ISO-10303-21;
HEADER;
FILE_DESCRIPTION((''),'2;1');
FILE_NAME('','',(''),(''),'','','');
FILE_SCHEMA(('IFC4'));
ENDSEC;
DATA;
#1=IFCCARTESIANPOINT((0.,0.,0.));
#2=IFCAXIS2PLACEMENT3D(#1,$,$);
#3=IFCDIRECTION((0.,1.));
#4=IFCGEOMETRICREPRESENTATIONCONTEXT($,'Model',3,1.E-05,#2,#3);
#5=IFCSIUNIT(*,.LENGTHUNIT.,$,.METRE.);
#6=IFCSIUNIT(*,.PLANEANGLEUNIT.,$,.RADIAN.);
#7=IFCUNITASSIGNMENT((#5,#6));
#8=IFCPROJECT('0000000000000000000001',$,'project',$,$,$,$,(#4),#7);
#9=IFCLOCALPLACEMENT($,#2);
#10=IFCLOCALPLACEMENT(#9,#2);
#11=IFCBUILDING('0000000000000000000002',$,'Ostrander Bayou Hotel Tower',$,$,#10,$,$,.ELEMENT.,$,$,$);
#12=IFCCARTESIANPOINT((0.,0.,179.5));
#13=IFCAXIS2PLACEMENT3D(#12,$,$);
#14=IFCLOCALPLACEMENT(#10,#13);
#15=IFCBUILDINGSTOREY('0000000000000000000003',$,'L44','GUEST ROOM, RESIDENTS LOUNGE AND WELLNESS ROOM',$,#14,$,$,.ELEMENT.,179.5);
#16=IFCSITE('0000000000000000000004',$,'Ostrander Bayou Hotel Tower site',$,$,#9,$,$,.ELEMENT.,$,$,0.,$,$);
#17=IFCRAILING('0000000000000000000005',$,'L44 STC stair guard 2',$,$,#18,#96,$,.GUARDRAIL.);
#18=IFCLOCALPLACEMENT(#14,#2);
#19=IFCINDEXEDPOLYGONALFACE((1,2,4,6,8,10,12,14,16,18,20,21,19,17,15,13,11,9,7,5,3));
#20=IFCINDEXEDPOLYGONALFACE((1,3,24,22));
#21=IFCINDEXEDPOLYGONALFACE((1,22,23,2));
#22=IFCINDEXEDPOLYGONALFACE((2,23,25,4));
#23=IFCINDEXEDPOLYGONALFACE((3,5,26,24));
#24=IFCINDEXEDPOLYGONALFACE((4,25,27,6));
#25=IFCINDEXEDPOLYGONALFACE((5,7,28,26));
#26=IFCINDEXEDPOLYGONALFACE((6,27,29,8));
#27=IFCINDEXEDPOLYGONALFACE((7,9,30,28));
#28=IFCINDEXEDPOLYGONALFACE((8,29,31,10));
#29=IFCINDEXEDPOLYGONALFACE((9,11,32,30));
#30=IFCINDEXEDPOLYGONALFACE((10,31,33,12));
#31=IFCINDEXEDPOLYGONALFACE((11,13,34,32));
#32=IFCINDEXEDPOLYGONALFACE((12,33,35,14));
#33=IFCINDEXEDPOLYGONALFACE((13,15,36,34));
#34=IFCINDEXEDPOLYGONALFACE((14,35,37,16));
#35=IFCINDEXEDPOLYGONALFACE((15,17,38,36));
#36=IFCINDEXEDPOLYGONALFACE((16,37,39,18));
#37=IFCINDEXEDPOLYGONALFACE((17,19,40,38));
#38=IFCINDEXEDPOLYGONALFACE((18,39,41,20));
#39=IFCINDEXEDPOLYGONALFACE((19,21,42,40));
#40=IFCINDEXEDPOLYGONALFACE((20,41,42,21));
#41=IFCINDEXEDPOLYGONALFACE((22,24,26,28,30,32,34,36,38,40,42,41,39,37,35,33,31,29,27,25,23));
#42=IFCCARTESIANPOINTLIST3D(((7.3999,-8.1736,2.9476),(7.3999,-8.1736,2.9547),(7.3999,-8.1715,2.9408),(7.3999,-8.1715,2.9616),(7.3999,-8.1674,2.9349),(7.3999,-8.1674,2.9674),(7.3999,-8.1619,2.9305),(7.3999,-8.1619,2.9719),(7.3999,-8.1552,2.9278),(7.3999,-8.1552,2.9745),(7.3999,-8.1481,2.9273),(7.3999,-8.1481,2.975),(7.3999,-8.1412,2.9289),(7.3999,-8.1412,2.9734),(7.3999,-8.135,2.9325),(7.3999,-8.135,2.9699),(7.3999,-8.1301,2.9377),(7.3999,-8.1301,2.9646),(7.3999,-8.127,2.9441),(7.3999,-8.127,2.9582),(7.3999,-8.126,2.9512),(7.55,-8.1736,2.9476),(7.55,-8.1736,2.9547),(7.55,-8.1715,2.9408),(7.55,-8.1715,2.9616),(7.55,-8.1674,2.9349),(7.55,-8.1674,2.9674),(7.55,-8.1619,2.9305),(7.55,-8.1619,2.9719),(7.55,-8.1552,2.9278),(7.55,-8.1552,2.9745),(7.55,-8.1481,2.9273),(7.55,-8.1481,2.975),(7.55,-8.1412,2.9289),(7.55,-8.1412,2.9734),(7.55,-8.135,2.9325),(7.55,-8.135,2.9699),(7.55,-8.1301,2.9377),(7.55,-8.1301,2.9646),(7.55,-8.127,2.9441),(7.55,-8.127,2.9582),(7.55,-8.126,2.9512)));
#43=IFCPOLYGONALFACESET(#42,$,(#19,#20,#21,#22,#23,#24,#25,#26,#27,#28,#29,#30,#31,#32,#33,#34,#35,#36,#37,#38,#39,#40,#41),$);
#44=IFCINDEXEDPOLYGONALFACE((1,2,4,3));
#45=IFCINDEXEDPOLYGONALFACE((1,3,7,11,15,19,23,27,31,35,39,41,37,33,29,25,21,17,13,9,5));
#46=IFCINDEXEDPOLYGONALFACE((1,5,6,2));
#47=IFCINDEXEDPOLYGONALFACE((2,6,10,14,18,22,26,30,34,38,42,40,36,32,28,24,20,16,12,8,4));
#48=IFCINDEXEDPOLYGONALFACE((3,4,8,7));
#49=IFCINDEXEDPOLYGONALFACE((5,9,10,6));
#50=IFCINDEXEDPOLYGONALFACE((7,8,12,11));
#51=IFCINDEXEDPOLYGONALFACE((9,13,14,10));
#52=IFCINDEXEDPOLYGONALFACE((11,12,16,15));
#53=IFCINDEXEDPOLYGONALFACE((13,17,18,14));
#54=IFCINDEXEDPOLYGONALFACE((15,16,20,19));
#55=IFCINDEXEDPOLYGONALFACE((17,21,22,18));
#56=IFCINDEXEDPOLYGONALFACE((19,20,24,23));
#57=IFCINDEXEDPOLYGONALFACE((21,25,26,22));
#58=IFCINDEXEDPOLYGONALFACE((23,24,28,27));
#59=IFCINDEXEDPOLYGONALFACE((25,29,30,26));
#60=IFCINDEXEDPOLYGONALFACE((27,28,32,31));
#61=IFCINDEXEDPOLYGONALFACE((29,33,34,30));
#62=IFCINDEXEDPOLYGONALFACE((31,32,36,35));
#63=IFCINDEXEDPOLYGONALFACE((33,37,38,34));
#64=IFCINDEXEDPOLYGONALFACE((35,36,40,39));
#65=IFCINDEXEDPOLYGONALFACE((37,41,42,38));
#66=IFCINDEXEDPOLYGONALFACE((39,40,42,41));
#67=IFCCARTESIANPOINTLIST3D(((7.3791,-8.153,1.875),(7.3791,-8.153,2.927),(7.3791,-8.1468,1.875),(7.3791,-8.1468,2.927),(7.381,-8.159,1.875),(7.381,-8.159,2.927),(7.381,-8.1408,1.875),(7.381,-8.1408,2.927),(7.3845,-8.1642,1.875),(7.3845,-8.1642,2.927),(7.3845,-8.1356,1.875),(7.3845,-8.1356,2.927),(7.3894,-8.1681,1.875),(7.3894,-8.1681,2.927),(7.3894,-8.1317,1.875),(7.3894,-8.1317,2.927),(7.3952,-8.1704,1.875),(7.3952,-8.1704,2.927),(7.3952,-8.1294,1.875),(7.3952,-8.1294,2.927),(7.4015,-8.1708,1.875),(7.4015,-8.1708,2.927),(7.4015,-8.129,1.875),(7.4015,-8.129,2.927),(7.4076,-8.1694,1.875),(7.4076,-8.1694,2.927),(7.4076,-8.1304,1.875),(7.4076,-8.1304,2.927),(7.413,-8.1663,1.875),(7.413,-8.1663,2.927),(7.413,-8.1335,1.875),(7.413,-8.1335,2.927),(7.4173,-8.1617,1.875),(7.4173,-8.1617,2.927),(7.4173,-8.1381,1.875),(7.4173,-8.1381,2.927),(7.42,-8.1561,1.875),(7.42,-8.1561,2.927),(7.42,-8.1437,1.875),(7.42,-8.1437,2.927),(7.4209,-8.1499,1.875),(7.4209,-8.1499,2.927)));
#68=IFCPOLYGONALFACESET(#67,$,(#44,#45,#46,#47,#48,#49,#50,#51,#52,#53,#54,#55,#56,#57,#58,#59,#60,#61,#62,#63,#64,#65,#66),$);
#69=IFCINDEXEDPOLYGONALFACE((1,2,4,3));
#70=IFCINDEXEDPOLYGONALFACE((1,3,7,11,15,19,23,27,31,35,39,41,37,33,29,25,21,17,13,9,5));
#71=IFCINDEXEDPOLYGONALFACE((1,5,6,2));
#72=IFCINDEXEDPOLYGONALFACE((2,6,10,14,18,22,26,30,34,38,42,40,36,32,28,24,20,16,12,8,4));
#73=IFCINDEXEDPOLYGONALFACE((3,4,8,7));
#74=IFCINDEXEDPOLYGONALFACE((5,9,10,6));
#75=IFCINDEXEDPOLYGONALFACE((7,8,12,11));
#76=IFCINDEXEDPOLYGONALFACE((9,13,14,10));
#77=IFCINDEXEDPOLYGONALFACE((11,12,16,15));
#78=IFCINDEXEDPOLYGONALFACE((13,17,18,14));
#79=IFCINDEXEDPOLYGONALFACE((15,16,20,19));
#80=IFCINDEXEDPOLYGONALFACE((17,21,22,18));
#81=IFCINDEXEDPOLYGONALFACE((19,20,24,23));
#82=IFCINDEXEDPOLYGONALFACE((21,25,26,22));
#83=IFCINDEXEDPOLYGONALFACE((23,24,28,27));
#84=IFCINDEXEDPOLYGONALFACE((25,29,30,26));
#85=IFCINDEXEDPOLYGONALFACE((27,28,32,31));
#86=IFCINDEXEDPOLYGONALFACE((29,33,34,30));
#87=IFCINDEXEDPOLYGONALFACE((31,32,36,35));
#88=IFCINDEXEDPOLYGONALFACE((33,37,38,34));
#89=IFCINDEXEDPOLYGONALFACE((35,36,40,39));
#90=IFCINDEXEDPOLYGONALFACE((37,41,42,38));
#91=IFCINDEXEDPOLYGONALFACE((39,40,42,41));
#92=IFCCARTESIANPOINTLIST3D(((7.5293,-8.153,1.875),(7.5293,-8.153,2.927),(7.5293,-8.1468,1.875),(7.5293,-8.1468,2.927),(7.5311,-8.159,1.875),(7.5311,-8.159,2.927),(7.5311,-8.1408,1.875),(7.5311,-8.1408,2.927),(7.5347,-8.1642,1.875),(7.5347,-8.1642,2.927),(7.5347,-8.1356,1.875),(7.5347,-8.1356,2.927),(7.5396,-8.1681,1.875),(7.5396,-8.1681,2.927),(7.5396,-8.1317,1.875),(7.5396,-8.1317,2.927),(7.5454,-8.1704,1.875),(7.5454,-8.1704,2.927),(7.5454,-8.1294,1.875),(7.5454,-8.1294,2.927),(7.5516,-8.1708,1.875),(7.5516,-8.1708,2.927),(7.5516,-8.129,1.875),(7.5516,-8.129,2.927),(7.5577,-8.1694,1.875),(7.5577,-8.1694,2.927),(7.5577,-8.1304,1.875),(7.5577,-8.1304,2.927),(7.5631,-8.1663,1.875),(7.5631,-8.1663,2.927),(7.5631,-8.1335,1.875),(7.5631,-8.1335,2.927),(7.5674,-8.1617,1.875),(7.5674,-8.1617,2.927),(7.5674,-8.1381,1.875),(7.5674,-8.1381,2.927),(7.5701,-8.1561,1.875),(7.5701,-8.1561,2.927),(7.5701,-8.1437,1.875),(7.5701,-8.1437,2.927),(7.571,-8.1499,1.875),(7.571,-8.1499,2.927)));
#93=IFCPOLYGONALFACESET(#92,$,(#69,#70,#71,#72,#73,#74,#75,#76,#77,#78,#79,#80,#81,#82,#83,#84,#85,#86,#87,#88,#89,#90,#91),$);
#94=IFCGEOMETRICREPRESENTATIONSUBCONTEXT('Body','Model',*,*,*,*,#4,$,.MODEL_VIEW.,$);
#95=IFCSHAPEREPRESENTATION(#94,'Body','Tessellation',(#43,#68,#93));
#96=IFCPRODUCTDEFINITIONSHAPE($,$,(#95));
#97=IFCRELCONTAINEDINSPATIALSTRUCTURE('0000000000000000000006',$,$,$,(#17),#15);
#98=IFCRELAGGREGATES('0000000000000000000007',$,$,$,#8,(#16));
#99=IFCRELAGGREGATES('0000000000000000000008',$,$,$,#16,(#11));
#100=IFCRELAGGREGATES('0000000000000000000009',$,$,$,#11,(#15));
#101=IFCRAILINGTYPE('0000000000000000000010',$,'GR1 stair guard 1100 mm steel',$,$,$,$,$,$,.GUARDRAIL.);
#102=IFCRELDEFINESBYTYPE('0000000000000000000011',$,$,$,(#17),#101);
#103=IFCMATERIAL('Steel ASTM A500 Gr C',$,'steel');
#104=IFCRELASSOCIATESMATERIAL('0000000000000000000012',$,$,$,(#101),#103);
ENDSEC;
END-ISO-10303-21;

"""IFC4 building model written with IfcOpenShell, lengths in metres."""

from ifc_helpers import new_model, si_unit, direction, frame, origin, origin_2d, place, context, subcontext, project, spatial, circle, extrude, material, type_object, element, save


model = new_model("IFC4")

# Units and contexts
model_context = context("Model", 3, precision=1e-05, world=origin(), true_north=direction((0.0, 1.0)))
body_context = subcontext(model_context, "Body", "Model", "MODEL_VIEW")
ifc_project = project(units=[si_unit("LENGTHUNIT", "METRE"), si_unit("PLANEANGLEUNIT", "RADIAN")], contexts=[model_context])

# Site, building, storey
site_placement = place(None, origin())
site = spatial("IfcSite", under=ifc_project, at=site_placement, Name="Ostrander Bayou Hotel Tower site", CompositionType="ELEMENT", RefElevation=0.0)
building_placement = place(site_placement, origin())
building = spatial("IfcBuilding", under=site, at=building_placement, Name="Ostrander Bayou Hotel Tower", CompositionType="ELEMENT")
storey_placement = place(building_placement, frame((0.0, 0.0, 179.5)))
storey = spatial("IfcBuildingStorey", under=building, at=storey_placement, Name="L44", Description="GUEST ROOM, RESIDENTS LOUNGE AND WELLNESS ROOM", CompositionType="ELEMENT", Elevation=179.5)

# Railing
ifc_material_1 = material(Name="Steel ASTM A500 Gr C", Category="steel")
railing_type_1 = type_object("IfcRailingType", Name="GR1 stair guard 1100 mm steel", PredefinedType="GUARDRAIL", material=ifc_material_1)
railing_1_placement = place(storey_placement, frame((7.3999, -8.1499, 1.875)))
element("IfcRailing", 1, at=railing_1_placement, inside=storey, type_object=railing_type_1, Name="L44 STC stair guard 2", PredefinedType="GUARDRAIL", context=body_context, shape_type="SweptSolid", body=[
    extrude(circle(Radius=0.0239, at=origin_2d()), frame((0.0, 0.0, 1.0762), z_axis=(1.0, 0.0, 0.0), x_axis=(0.0, 1.0, 0.0)), (0.0, 0.0, 1.0), 0.1501),
    extrude(circle(Radius=0.021, at=origin_2d()), origin(), (0.0, 0.0, 1.0), 1.052),
    extrude(circle(Radius=0.021, at=origin_2d()), frame((0.1501, 0.0, 0.0)), (0.0, 0.0, 1.0), 1.052),
])

save(model, "model.ifc")
